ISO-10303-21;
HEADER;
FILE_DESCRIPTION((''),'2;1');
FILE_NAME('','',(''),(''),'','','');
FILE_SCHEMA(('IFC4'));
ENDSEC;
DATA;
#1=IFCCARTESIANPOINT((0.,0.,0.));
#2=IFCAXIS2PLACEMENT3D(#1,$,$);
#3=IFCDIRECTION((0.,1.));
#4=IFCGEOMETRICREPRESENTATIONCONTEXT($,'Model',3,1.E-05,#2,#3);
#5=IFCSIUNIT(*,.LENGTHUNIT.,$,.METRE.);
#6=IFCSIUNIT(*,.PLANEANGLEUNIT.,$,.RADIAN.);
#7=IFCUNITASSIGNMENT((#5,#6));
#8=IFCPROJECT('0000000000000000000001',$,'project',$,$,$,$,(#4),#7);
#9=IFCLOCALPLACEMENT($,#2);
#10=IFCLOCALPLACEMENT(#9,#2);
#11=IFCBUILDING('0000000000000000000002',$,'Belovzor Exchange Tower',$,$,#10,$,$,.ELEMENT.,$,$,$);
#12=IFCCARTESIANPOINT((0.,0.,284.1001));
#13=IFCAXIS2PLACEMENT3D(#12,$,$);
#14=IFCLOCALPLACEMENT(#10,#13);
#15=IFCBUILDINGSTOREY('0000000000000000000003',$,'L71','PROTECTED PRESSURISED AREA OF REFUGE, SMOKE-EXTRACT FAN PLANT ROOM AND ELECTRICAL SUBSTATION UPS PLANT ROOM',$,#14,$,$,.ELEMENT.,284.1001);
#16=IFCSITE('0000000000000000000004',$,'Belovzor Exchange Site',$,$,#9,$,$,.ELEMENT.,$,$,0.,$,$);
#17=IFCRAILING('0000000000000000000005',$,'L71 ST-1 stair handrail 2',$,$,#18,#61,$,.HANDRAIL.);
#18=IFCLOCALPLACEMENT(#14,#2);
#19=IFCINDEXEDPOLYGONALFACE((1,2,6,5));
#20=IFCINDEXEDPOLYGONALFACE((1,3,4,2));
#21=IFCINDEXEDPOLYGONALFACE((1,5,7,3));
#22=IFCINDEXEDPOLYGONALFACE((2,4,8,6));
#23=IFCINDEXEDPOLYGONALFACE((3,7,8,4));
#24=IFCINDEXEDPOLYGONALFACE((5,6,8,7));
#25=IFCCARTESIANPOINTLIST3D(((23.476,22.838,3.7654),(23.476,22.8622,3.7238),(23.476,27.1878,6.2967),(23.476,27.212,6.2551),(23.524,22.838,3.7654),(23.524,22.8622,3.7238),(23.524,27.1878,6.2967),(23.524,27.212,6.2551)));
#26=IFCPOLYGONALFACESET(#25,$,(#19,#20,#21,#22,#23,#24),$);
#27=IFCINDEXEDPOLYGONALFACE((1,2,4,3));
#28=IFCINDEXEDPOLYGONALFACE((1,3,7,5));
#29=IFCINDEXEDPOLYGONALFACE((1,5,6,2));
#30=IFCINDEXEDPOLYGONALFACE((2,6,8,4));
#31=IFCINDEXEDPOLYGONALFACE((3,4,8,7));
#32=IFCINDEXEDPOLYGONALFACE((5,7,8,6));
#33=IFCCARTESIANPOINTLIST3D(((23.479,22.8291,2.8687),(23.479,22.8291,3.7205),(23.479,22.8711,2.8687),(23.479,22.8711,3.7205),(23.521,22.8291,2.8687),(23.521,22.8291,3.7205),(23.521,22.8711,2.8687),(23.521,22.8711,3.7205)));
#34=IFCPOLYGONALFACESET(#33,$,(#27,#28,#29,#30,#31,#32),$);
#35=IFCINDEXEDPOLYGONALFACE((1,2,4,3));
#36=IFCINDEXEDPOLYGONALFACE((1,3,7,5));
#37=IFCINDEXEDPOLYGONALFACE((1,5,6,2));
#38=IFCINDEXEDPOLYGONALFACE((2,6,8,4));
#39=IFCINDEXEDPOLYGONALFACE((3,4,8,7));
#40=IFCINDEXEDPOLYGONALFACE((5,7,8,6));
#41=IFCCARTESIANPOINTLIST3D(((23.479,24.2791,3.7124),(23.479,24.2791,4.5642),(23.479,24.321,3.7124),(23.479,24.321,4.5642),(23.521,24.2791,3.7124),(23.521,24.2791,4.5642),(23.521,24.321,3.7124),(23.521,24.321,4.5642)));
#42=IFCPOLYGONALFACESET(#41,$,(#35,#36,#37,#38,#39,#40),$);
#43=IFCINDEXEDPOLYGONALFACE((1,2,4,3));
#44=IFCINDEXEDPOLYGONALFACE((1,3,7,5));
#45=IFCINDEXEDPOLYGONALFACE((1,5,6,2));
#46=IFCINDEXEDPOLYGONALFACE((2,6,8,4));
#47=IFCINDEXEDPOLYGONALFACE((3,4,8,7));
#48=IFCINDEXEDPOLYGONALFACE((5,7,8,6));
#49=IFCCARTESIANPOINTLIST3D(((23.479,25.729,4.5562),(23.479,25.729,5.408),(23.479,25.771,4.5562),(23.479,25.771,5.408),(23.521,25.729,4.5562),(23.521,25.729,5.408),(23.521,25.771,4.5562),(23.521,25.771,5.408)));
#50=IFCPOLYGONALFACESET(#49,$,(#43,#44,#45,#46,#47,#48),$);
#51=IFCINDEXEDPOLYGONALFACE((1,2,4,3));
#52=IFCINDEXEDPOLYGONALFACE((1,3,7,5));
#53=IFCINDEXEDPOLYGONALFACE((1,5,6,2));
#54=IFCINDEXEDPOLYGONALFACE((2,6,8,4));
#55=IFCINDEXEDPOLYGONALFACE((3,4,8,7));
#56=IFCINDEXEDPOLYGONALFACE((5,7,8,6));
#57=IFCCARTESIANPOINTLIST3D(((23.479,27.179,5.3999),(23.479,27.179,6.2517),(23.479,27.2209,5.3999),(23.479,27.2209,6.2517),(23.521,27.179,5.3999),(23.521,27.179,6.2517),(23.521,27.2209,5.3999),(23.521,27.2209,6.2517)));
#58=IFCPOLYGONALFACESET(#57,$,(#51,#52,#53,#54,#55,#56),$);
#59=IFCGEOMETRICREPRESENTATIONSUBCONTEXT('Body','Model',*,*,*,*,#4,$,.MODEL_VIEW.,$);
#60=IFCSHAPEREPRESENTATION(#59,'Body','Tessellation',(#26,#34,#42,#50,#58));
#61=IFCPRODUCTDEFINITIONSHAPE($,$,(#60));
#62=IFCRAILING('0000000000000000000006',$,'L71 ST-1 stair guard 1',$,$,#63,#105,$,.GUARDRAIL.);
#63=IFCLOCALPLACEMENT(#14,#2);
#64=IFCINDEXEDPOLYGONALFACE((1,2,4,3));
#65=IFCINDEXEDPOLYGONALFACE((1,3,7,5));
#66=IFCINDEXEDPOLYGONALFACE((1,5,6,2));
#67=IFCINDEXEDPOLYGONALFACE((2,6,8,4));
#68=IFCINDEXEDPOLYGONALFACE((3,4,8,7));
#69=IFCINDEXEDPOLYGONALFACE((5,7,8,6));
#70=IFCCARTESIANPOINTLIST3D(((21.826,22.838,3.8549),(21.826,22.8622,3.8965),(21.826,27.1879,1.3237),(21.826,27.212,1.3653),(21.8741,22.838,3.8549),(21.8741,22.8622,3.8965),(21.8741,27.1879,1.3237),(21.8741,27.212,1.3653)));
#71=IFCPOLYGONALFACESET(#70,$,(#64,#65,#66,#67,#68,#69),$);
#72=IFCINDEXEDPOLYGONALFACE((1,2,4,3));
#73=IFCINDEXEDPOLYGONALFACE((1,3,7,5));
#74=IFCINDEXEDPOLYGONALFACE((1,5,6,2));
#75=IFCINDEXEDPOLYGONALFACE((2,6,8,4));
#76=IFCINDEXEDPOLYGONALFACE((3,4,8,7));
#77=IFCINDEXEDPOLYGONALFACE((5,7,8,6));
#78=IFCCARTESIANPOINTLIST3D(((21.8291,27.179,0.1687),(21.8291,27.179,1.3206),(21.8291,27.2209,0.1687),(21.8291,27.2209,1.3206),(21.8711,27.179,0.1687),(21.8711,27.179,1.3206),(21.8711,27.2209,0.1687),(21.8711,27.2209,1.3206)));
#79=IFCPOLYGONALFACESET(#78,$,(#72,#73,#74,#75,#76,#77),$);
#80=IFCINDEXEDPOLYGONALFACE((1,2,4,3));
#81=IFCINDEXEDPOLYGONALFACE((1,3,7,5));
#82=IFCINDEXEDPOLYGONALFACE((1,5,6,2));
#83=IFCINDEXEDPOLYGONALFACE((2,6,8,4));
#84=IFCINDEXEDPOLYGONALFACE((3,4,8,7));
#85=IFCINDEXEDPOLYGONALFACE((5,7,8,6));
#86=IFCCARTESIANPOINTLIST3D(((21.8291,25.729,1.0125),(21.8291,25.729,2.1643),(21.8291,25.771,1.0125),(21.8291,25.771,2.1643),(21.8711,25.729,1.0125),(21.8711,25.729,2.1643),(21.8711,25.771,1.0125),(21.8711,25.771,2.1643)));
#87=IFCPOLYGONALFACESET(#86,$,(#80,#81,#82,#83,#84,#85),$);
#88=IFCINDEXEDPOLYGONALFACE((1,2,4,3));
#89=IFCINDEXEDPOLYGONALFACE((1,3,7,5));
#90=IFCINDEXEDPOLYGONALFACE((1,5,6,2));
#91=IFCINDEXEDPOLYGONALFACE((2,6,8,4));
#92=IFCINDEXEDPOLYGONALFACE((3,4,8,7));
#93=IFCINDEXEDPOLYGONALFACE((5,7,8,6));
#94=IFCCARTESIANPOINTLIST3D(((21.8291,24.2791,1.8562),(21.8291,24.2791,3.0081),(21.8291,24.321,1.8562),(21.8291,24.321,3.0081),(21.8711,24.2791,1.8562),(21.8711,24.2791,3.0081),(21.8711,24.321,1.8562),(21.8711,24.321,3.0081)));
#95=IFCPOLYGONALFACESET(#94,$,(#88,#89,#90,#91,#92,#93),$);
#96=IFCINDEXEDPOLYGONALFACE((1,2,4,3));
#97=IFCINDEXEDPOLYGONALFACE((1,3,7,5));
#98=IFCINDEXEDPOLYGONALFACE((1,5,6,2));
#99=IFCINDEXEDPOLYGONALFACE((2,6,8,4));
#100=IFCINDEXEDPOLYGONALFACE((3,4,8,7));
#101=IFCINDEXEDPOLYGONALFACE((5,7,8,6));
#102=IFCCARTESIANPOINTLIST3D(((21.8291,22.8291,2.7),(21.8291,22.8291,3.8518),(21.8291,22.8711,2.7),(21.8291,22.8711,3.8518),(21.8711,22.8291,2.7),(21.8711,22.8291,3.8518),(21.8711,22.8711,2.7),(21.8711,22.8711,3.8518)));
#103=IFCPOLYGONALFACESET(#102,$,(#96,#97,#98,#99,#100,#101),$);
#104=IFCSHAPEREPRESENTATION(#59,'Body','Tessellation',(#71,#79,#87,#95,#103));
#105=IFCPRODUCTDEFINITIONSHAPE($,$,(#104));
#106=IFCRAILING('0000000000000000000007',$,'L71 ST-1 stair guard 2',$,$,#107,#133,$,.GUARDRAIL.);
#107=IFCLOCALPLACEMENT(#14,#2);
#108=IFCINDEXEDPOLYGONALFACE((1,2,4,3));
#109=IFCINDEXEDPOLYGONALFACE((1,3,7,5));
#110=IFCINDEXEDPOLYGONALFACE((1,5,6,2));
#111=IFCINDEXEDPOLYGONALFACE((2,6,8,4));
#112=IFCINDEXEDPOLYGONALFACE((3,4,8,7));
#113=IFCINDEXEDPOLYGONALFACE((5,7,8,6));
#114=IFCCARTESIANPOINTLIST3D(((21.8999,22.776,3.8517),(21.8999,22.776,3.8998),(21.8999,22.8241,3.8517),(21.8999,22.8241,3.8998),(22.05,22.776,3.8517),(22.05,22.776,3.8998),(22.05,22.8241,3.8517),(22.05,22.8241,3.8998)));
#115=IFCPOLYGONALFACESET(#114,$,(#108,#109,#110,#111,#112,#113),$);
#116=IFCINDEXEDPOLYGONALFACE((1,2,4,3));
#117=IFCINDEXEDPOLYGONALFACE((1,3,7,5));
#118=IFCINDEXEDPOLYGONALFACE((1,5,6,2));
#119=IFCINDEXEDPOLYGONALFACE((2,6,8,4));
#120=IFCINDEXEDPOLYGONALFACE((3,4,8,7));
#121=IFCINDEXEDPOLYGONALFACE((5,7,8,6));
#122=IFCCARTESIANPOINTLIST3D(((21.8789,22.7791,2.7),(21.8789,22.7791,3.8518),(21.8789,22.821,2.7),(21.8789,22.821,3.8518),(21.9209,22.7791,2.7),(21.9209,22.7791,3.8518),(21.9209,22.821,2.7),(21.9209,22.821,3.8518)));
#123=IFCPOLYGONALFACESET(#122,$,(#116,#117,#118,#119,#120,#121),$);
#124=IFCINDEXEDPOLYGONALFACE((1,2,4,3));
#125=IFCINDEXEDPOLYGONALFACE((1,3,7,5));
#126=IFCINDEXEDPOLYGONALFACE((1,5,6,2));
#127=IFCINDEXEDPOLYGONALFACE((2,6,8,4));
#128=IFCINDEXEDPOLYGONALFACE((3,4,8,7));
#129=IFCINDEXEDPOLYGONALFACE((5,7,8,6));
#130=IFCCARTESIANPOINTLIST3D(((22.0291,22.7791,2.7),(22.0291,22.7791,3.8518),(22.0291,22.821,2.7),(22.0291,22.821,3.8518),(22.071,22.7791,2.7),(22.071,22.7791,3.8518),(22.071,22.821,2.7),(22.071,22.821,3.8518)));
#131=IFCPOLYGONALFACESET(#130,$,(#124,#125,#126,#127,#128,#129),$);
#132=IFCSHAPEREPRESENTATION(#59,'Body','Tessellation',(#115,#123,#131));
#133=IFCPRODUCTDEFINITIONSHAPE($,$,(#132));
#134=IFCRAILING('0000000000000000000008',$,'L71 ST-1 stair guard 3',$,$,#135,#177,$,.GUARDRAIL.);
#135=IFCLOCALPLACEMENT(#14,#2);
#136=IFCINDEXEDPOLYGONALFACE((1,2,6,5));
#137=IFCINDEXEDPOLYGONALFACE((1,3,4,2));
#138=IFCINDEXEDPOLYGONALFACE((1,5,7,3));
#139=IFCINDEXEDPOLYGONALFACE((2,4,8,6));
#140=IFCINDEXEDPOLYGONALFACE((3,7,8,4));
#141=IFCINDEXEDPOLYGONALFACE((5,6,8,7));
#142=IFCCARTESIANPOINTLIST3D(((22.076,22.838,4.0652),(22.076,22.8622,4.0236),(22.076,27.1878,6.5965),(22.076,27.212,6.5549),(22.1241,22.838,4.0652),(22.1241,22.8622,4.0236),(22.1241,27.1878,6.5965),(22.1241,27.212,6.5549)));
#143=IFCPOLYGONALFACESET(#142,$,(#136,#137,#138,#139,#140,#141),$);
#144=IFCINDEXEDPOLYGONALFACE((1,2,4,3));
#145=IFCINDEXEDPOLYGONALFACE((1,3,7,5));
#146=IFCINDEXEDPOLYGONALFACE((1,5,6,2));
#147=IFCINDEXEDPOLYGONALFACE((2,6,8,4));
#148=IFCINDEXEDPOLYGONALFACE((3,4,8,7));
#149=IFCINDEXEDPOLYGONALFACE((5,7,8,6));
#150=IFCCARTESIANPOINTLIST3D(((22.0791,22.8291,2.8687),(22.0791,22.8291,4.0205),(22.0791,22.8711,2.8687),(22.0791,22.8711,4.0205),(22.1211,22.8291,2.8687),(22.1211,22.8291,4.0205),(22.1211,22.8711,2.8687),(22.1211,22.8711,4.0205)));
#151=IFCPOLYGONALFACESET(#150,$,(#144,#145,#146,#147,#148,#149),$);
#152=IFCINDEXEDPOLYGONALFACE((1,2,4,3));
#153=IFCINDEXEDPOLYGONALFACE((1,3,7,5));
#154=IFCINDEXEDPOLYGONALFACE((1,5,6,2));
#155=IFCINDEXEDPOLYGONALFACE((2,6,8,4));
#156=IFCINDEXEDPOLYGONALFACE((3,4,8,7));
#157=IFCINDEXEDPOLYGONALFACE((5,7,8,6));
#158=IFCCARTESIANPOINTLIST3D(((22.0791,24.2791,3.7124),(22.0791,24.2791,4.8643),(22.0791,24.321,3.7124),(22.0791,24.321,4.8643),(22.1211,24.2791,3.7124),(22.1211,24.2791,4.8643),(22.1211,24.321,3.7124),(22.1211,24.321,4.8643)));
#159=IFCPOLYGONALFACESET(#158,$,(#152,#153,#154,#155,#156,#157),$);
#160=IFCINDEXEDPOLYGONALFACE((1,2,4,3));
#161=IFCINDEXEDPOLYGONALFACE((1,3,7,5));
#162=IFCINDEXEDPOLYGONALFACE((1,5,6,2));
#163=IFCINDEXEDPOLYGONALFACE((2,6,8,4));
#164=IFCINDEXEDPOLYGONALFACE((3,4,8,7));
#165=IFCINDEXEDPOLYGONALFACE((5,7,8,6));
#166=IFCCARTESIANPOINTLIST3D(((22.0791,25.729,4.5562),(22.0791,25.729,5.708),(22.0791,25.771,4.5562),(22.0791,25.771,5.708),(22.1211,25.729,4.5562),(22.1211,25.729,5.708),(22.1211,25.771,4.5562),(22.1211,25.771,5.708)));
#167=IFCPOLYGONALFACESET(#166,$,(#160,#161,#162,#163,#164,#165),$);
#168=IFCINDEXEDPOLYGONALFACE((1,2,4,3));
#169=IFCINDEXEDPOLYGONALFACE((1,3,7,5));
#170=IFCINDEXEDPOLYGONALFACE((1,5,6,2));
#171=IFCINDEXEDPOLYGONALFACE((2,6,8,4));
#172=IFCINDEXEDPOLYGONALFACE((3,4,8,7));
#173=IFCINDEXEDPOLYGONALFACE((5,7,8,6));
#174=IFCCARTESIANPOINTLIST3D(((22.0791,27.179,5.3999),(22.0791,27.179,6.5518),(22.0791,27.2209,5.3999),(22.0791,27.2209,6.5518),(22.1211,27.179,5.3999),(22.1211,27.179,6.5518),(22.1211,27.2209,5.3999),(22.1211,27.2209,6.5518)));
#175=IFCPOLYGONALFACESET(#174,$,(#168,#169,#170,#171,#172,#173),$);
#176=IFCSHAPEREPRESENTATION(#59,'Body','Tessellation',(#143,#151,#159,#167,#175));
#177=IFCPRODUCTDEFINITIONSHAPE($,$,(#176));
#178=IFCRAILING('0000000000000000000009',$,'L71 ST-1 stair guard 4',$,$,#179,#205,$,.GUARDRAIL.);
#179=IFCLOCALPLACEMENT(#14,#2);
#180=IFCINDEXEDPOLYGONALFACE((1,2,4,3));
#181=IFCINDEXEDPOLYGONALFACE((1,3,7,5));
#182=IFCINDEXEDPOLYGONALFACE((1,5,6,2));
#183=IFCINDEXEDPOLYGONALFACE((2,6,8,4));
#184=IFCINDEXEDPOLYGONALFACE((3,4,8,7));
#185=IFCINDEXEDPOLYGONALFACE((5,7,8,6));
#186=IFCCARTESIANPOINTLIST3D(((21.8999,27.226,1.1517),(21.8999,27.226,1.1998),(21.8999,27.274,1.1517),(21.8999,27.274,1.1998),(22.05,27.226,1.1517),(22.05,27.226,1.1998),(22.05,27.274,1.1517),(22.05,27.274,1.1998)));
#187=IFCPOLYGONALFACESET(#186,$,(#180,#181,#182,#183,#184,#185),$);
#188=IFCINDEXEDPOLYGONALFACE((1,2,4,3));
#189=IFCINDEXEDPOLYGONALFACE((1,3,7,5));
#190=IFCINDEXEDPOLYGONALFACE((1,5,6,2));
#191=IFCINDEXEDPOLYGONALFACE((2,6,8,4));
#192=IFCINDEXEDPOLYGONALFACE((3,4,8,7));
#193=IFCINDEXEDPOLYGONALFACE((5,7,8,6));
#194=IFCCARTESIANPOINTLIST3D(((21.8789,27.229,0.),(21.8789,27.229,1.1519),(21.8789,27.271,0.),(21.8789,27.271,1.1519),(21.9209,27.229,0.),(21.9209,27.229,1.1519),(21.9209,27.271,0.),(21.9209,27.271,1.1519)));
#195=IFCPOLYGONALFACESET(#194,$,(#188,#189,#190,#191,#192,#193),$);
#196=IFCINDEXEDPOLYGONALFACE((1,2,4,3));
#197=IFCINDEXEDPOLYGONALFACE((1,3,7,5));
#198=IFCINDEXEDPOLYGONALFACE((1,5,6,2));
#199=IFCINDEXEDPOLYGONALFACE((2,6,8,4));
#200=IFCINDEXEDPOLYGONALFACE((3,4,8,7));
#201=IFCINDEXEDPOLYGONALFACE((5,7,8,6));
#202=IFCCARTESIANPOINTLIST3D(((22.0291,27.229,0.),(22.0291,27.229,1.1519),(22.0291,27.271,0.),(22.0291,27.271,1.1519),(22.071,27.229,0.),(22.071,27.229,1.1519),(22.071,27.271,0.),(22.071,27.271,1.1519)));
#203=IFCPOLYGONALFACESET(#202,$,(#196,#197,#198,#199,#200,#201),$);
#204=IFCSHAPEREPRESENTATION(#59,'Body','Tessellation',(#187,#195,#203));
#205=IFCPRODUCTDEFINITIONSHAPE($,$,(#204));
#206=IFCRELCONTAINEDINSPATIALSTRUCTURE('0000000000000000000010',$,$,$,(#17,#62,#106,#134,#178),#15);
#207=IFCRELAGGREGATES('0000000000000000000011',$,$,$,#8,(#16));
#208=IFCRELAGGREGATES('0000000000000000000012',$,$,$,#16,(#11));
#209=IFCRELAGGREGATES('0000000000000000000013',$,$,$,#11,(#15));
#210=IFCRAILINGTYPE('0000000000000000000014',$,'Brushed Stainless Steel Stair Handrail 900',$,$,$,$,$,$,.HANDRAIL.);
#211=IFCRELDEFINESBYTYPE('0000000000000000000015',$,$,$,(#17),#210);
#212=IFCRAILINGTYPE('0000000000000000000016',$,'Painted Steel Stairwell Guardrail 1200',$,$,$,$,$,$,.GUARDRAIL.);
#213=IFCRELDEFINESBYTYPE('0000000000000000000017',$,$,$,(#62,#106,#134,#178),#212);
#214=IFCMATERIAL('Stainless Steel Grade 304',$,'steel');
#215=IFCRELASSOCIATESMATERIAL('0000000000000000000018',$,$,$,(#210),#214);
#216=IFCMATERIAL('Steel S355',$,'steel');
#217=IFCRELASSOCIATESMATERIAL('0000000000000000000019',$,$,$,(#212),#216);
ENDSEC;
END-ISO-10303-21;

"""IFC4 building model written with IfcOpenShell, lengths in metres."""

from ifc_helpers import new_model, si_unit, direction, frame, origin, origin_2d, place, context, subcontext, project, spatial, rectangle, extrude, material, type_object, element, save


model = new_model("IFC4")

# Units and contexts
model_context = context("Model", 3, precision=1e-05, world=origin(), true_north=direction((0.0, 1.0)))
body_context = subcontext(model_context, "Body", "Model", "MODEL_VIEW")
ifc_project = project(units=[si_unit("LENGTHUNIT", "METRE"), si_unit("PLANEANGLEUNIT", "RADIAN")], contexts=[model_context])

# Site, building, storey
site_placement = place(None, origin())
site = spatial("IfcSite", under=ifc_project, at=site_placement, Name="Belovzor Exchange Site", CompositionType="ELEMENT", RefElevation=0.0)
building_placement = place(site_placement, origin())
building = spatial("IfcBuilding", under=site, at=building_placement, Name="Belovzor Exchange Tower", CompositionType="ELEMENT")
storey_placement = place(building_placement, frame((0.0, 0.0, 284.1001)))
storey = spatial("IfcBuildingStorey", under=building, at=storey_placement, Name="L71", Description="PROTECTED PRESSURISED AREA OF REFUGE, SMOKE-EXTRACT FAN PLANT ROOM AND ELECTRICAL SUBSTATION UPS PLANT ROOM", CompositionType="ELEMENT", Elevation=284.1001)

# Railings
ifc_material_1 = material(Name="Stainless Steel Grade 304", Category="steel")
railing_type_1 = type_object("IfcRailingType", Name="Brushed Stainless Steel Stair Handrail 900", PredefinedType="HANDRAIL", material=ifc_material_1)
railing_1_placement = place(storey_placement, frame((23.5, 22.8501, 2.8687)))
element("IfcRailing", 1, at=railing_1_placement, inside=storey, type_object=railing_type_1, Name="L71 ST-1 stair handrail 2", PredefinedType="HANDRAIL", context=body_context, shape_type="SweptSolid", body=[
    extrude(rectangle(XDim=0.0481, YDim=0.0481, at=origin_2d()), frame((0.0, 0.0, 0.876), z_axis=(0.0, 0.864312, 0.502957), x_axis=(-1.0, 0.0, 0.0)), (0.0, 0.0, 1.0), 5.0327),
    extrude(rectangle(XDim=0.042, YDim=0.042, at=origin_2d()), origin(), (0.0, 0.0, 1.0), 0.8518),
    extrude(rectangle(XDim=0.042, YDim=0.042, at=origin_2d()), frame((0.0, 1.45, 0.8438)), (0.0, 0.0, 1.0), 0.8518),
    extrude(rectangle(XDim=0.042, YDim=0.042, at=origin_2d()), frame((0.0, 2.8999, 1.6875)), (0.0, 0.0, 1.0), 0.8518),
    extrude(rectangle(XDim=0.042, YDim=0.042, at=origin_2d()), frame((0.0, 4.3499, 2.5312)), (0.0, 0.0, 1.0), 0.8518),
])
ifc_material_2 = material(Name="Steel S355", Category="steel")
railing_type_2 = type_object("IfcRailingType", Name="Painted Steel Stairwell Guardrail 1200", PredefinedType="GUARDRAIL", material=ifc_material_2)
railing_2_placement = place(storey_placement, frame((21.8501, 27.2, 0.1687)))
element("IfcRailing", 2, at=railing_2_placement, inside=storey, type_object=railing_type_2, Name="L71 ST-1 stair guard 1", PredefinedType="GUARDRAIL", context=body_context, shape_type="SweptSolid", body=[
    extrude(rectangle(XDim=0.0481, YDim=0.0481, at=origin_2d()), frame((0.0, 0.0, 1.1758), z_axis=(0.0, -0.864312, 0.502957), x_axis=(1.0, 0.0, 0.0)), (0.0, 0.0, 1.0), 5.0327),
    extrude(rectangle(XDim=0.042, YDim=0.042, at=origin_2d()), origin(), (0.0, 0.0, 1.0), 1.1519),
    extrude(rectangle(XDim=0.042, YDim=0.042, at=origin_2d()), frame((0.0, -1.45, 0.8438)), (0.0, 0.0, 1.0), 1.1519),
    extrude(rectangle(XDim=0.042, YDim=0.042, at=origin_2d()), frame((0.0, -2.8999, 1.6875)), (0.0, 0.0, 1.0), 1.1519),
    extrude(rectangle(XDim=0.042, YDim=0.042, at=origin_2d()), frame((0.0, -4.3499, 2.5312)), (0.0, 0.0, 1.0), 1.1519),
])
railing_3_placement = place(storey_placement, frame((21.8999, 22.8, 2.7)))
element("IfcRailing", 3, at=railing_3_placement, inside=storey, type_object=railing_type_2, Name="L71 ST-1 stair guard 2", PredefinedType="GUARDRAIL", context=body_context, shape_type="SweptSolid", body=[
    extrude(rectangle(XDim=0.0481, YDim=0.0481, at=origin_2d()), frame((0.0, 0.0, 1.1758), z_axis=(1.0, 0.0, 0.0), x_axis=(0.0, 1.0, 0.0)), (0.0, 0.0, 1.0), 0.1501),
    extrude(rectangle(XDim=0.042, YDim=0.042, at=origin_2d()), origin(), (0.0, 0.0, 1.0), 1.1519),
    extrude(rectangle(XDim=0.042, YDim=0.042, at=origin_2d()), frame((0.1501, 0.0, 0.0)), (0.0, 0.0, 1.0), 1.1519),
])
railing_4_placement = place(storey_placement, frame((22.1001, 22.8501, 2.8687)))
element("IfcRailing", 4, at=railing_4_placement, inside=storey, type_object=railing_type_2, Name="L71 ST-1 stair guard 3", PredefinedType="GUARDRAIL", context=body_context, shape_type="SweptSolid", body=[
    extrude(rectangle(XDim=0.0481, YDim=0.0481, at=origin_2d()), frame((0.0, 0.0, 1.1758), z_axis=(0.0, 0.864312, 0.502957), x_axis=(-1.0, 0.0, 0.0)), (0.0, 0.0, 1.0), 5.0327),
    extrude(rectangle(XDim=0.042, YDim=0.042, at=origin_2d()), origin(), (0.0, 0.0, 1.0), 1.1519),
    extrude(rectangle(XDim=0.042, YDim=0.042, at=origin_2d()), frame((0.0, 1.45, 0.8438)), (0.0, 0.0, 1.0), 1.1519),
    extrude(rectangle(XDim=0.042, YDim=0.042, at=origin_2d()), frame((0.0, 2.8999, 1.6875)), (0.0, 0.0, 1.0), 1.1519),
    extrude(rectangle(XDim=0.042, YDim=0.042, at=origin_2d()), frame((0.0, 4.3499, 2.5312)), (0.0, 0.0, 1.0), 1.1519),
])
railing_5_placement = place(storey_placement, frame((21.8999, 27.25, 0.0)))
element("IfcRailing", 5, at=railing_5_placement, inside=storey, type_object=railing_type_2, Name="L71 ST-1 stair guard 4", PredefinedType="GUARDRAIL", context=body_context, shape_type="SweptSolid", body=[
    extrude(rectangle(XDim=0.0481, YDim=0.0481, at=origin_2d()), frame((0.0, 0.0, 1.1758), z_axis=(1.0, 0.0, 0.0), x_axis=(0.0, 1.0, 0.0)), (0.0, 0.0, 1.0), 0.1501),
    extrude(rectangle(XDim=0.042, YDim=0.042, at=origin_2d()), origin(), (0.0, 0.0, 1.0), 1.1519),
    extrude(rectangle(XDim=0.042, YDim=0.042, at=origin_2d()), frame((0.1501, 0.0, 0.0)), (0.0, 0.0, 1.0), 1.1519),
])

save(model, "model.ifc")
